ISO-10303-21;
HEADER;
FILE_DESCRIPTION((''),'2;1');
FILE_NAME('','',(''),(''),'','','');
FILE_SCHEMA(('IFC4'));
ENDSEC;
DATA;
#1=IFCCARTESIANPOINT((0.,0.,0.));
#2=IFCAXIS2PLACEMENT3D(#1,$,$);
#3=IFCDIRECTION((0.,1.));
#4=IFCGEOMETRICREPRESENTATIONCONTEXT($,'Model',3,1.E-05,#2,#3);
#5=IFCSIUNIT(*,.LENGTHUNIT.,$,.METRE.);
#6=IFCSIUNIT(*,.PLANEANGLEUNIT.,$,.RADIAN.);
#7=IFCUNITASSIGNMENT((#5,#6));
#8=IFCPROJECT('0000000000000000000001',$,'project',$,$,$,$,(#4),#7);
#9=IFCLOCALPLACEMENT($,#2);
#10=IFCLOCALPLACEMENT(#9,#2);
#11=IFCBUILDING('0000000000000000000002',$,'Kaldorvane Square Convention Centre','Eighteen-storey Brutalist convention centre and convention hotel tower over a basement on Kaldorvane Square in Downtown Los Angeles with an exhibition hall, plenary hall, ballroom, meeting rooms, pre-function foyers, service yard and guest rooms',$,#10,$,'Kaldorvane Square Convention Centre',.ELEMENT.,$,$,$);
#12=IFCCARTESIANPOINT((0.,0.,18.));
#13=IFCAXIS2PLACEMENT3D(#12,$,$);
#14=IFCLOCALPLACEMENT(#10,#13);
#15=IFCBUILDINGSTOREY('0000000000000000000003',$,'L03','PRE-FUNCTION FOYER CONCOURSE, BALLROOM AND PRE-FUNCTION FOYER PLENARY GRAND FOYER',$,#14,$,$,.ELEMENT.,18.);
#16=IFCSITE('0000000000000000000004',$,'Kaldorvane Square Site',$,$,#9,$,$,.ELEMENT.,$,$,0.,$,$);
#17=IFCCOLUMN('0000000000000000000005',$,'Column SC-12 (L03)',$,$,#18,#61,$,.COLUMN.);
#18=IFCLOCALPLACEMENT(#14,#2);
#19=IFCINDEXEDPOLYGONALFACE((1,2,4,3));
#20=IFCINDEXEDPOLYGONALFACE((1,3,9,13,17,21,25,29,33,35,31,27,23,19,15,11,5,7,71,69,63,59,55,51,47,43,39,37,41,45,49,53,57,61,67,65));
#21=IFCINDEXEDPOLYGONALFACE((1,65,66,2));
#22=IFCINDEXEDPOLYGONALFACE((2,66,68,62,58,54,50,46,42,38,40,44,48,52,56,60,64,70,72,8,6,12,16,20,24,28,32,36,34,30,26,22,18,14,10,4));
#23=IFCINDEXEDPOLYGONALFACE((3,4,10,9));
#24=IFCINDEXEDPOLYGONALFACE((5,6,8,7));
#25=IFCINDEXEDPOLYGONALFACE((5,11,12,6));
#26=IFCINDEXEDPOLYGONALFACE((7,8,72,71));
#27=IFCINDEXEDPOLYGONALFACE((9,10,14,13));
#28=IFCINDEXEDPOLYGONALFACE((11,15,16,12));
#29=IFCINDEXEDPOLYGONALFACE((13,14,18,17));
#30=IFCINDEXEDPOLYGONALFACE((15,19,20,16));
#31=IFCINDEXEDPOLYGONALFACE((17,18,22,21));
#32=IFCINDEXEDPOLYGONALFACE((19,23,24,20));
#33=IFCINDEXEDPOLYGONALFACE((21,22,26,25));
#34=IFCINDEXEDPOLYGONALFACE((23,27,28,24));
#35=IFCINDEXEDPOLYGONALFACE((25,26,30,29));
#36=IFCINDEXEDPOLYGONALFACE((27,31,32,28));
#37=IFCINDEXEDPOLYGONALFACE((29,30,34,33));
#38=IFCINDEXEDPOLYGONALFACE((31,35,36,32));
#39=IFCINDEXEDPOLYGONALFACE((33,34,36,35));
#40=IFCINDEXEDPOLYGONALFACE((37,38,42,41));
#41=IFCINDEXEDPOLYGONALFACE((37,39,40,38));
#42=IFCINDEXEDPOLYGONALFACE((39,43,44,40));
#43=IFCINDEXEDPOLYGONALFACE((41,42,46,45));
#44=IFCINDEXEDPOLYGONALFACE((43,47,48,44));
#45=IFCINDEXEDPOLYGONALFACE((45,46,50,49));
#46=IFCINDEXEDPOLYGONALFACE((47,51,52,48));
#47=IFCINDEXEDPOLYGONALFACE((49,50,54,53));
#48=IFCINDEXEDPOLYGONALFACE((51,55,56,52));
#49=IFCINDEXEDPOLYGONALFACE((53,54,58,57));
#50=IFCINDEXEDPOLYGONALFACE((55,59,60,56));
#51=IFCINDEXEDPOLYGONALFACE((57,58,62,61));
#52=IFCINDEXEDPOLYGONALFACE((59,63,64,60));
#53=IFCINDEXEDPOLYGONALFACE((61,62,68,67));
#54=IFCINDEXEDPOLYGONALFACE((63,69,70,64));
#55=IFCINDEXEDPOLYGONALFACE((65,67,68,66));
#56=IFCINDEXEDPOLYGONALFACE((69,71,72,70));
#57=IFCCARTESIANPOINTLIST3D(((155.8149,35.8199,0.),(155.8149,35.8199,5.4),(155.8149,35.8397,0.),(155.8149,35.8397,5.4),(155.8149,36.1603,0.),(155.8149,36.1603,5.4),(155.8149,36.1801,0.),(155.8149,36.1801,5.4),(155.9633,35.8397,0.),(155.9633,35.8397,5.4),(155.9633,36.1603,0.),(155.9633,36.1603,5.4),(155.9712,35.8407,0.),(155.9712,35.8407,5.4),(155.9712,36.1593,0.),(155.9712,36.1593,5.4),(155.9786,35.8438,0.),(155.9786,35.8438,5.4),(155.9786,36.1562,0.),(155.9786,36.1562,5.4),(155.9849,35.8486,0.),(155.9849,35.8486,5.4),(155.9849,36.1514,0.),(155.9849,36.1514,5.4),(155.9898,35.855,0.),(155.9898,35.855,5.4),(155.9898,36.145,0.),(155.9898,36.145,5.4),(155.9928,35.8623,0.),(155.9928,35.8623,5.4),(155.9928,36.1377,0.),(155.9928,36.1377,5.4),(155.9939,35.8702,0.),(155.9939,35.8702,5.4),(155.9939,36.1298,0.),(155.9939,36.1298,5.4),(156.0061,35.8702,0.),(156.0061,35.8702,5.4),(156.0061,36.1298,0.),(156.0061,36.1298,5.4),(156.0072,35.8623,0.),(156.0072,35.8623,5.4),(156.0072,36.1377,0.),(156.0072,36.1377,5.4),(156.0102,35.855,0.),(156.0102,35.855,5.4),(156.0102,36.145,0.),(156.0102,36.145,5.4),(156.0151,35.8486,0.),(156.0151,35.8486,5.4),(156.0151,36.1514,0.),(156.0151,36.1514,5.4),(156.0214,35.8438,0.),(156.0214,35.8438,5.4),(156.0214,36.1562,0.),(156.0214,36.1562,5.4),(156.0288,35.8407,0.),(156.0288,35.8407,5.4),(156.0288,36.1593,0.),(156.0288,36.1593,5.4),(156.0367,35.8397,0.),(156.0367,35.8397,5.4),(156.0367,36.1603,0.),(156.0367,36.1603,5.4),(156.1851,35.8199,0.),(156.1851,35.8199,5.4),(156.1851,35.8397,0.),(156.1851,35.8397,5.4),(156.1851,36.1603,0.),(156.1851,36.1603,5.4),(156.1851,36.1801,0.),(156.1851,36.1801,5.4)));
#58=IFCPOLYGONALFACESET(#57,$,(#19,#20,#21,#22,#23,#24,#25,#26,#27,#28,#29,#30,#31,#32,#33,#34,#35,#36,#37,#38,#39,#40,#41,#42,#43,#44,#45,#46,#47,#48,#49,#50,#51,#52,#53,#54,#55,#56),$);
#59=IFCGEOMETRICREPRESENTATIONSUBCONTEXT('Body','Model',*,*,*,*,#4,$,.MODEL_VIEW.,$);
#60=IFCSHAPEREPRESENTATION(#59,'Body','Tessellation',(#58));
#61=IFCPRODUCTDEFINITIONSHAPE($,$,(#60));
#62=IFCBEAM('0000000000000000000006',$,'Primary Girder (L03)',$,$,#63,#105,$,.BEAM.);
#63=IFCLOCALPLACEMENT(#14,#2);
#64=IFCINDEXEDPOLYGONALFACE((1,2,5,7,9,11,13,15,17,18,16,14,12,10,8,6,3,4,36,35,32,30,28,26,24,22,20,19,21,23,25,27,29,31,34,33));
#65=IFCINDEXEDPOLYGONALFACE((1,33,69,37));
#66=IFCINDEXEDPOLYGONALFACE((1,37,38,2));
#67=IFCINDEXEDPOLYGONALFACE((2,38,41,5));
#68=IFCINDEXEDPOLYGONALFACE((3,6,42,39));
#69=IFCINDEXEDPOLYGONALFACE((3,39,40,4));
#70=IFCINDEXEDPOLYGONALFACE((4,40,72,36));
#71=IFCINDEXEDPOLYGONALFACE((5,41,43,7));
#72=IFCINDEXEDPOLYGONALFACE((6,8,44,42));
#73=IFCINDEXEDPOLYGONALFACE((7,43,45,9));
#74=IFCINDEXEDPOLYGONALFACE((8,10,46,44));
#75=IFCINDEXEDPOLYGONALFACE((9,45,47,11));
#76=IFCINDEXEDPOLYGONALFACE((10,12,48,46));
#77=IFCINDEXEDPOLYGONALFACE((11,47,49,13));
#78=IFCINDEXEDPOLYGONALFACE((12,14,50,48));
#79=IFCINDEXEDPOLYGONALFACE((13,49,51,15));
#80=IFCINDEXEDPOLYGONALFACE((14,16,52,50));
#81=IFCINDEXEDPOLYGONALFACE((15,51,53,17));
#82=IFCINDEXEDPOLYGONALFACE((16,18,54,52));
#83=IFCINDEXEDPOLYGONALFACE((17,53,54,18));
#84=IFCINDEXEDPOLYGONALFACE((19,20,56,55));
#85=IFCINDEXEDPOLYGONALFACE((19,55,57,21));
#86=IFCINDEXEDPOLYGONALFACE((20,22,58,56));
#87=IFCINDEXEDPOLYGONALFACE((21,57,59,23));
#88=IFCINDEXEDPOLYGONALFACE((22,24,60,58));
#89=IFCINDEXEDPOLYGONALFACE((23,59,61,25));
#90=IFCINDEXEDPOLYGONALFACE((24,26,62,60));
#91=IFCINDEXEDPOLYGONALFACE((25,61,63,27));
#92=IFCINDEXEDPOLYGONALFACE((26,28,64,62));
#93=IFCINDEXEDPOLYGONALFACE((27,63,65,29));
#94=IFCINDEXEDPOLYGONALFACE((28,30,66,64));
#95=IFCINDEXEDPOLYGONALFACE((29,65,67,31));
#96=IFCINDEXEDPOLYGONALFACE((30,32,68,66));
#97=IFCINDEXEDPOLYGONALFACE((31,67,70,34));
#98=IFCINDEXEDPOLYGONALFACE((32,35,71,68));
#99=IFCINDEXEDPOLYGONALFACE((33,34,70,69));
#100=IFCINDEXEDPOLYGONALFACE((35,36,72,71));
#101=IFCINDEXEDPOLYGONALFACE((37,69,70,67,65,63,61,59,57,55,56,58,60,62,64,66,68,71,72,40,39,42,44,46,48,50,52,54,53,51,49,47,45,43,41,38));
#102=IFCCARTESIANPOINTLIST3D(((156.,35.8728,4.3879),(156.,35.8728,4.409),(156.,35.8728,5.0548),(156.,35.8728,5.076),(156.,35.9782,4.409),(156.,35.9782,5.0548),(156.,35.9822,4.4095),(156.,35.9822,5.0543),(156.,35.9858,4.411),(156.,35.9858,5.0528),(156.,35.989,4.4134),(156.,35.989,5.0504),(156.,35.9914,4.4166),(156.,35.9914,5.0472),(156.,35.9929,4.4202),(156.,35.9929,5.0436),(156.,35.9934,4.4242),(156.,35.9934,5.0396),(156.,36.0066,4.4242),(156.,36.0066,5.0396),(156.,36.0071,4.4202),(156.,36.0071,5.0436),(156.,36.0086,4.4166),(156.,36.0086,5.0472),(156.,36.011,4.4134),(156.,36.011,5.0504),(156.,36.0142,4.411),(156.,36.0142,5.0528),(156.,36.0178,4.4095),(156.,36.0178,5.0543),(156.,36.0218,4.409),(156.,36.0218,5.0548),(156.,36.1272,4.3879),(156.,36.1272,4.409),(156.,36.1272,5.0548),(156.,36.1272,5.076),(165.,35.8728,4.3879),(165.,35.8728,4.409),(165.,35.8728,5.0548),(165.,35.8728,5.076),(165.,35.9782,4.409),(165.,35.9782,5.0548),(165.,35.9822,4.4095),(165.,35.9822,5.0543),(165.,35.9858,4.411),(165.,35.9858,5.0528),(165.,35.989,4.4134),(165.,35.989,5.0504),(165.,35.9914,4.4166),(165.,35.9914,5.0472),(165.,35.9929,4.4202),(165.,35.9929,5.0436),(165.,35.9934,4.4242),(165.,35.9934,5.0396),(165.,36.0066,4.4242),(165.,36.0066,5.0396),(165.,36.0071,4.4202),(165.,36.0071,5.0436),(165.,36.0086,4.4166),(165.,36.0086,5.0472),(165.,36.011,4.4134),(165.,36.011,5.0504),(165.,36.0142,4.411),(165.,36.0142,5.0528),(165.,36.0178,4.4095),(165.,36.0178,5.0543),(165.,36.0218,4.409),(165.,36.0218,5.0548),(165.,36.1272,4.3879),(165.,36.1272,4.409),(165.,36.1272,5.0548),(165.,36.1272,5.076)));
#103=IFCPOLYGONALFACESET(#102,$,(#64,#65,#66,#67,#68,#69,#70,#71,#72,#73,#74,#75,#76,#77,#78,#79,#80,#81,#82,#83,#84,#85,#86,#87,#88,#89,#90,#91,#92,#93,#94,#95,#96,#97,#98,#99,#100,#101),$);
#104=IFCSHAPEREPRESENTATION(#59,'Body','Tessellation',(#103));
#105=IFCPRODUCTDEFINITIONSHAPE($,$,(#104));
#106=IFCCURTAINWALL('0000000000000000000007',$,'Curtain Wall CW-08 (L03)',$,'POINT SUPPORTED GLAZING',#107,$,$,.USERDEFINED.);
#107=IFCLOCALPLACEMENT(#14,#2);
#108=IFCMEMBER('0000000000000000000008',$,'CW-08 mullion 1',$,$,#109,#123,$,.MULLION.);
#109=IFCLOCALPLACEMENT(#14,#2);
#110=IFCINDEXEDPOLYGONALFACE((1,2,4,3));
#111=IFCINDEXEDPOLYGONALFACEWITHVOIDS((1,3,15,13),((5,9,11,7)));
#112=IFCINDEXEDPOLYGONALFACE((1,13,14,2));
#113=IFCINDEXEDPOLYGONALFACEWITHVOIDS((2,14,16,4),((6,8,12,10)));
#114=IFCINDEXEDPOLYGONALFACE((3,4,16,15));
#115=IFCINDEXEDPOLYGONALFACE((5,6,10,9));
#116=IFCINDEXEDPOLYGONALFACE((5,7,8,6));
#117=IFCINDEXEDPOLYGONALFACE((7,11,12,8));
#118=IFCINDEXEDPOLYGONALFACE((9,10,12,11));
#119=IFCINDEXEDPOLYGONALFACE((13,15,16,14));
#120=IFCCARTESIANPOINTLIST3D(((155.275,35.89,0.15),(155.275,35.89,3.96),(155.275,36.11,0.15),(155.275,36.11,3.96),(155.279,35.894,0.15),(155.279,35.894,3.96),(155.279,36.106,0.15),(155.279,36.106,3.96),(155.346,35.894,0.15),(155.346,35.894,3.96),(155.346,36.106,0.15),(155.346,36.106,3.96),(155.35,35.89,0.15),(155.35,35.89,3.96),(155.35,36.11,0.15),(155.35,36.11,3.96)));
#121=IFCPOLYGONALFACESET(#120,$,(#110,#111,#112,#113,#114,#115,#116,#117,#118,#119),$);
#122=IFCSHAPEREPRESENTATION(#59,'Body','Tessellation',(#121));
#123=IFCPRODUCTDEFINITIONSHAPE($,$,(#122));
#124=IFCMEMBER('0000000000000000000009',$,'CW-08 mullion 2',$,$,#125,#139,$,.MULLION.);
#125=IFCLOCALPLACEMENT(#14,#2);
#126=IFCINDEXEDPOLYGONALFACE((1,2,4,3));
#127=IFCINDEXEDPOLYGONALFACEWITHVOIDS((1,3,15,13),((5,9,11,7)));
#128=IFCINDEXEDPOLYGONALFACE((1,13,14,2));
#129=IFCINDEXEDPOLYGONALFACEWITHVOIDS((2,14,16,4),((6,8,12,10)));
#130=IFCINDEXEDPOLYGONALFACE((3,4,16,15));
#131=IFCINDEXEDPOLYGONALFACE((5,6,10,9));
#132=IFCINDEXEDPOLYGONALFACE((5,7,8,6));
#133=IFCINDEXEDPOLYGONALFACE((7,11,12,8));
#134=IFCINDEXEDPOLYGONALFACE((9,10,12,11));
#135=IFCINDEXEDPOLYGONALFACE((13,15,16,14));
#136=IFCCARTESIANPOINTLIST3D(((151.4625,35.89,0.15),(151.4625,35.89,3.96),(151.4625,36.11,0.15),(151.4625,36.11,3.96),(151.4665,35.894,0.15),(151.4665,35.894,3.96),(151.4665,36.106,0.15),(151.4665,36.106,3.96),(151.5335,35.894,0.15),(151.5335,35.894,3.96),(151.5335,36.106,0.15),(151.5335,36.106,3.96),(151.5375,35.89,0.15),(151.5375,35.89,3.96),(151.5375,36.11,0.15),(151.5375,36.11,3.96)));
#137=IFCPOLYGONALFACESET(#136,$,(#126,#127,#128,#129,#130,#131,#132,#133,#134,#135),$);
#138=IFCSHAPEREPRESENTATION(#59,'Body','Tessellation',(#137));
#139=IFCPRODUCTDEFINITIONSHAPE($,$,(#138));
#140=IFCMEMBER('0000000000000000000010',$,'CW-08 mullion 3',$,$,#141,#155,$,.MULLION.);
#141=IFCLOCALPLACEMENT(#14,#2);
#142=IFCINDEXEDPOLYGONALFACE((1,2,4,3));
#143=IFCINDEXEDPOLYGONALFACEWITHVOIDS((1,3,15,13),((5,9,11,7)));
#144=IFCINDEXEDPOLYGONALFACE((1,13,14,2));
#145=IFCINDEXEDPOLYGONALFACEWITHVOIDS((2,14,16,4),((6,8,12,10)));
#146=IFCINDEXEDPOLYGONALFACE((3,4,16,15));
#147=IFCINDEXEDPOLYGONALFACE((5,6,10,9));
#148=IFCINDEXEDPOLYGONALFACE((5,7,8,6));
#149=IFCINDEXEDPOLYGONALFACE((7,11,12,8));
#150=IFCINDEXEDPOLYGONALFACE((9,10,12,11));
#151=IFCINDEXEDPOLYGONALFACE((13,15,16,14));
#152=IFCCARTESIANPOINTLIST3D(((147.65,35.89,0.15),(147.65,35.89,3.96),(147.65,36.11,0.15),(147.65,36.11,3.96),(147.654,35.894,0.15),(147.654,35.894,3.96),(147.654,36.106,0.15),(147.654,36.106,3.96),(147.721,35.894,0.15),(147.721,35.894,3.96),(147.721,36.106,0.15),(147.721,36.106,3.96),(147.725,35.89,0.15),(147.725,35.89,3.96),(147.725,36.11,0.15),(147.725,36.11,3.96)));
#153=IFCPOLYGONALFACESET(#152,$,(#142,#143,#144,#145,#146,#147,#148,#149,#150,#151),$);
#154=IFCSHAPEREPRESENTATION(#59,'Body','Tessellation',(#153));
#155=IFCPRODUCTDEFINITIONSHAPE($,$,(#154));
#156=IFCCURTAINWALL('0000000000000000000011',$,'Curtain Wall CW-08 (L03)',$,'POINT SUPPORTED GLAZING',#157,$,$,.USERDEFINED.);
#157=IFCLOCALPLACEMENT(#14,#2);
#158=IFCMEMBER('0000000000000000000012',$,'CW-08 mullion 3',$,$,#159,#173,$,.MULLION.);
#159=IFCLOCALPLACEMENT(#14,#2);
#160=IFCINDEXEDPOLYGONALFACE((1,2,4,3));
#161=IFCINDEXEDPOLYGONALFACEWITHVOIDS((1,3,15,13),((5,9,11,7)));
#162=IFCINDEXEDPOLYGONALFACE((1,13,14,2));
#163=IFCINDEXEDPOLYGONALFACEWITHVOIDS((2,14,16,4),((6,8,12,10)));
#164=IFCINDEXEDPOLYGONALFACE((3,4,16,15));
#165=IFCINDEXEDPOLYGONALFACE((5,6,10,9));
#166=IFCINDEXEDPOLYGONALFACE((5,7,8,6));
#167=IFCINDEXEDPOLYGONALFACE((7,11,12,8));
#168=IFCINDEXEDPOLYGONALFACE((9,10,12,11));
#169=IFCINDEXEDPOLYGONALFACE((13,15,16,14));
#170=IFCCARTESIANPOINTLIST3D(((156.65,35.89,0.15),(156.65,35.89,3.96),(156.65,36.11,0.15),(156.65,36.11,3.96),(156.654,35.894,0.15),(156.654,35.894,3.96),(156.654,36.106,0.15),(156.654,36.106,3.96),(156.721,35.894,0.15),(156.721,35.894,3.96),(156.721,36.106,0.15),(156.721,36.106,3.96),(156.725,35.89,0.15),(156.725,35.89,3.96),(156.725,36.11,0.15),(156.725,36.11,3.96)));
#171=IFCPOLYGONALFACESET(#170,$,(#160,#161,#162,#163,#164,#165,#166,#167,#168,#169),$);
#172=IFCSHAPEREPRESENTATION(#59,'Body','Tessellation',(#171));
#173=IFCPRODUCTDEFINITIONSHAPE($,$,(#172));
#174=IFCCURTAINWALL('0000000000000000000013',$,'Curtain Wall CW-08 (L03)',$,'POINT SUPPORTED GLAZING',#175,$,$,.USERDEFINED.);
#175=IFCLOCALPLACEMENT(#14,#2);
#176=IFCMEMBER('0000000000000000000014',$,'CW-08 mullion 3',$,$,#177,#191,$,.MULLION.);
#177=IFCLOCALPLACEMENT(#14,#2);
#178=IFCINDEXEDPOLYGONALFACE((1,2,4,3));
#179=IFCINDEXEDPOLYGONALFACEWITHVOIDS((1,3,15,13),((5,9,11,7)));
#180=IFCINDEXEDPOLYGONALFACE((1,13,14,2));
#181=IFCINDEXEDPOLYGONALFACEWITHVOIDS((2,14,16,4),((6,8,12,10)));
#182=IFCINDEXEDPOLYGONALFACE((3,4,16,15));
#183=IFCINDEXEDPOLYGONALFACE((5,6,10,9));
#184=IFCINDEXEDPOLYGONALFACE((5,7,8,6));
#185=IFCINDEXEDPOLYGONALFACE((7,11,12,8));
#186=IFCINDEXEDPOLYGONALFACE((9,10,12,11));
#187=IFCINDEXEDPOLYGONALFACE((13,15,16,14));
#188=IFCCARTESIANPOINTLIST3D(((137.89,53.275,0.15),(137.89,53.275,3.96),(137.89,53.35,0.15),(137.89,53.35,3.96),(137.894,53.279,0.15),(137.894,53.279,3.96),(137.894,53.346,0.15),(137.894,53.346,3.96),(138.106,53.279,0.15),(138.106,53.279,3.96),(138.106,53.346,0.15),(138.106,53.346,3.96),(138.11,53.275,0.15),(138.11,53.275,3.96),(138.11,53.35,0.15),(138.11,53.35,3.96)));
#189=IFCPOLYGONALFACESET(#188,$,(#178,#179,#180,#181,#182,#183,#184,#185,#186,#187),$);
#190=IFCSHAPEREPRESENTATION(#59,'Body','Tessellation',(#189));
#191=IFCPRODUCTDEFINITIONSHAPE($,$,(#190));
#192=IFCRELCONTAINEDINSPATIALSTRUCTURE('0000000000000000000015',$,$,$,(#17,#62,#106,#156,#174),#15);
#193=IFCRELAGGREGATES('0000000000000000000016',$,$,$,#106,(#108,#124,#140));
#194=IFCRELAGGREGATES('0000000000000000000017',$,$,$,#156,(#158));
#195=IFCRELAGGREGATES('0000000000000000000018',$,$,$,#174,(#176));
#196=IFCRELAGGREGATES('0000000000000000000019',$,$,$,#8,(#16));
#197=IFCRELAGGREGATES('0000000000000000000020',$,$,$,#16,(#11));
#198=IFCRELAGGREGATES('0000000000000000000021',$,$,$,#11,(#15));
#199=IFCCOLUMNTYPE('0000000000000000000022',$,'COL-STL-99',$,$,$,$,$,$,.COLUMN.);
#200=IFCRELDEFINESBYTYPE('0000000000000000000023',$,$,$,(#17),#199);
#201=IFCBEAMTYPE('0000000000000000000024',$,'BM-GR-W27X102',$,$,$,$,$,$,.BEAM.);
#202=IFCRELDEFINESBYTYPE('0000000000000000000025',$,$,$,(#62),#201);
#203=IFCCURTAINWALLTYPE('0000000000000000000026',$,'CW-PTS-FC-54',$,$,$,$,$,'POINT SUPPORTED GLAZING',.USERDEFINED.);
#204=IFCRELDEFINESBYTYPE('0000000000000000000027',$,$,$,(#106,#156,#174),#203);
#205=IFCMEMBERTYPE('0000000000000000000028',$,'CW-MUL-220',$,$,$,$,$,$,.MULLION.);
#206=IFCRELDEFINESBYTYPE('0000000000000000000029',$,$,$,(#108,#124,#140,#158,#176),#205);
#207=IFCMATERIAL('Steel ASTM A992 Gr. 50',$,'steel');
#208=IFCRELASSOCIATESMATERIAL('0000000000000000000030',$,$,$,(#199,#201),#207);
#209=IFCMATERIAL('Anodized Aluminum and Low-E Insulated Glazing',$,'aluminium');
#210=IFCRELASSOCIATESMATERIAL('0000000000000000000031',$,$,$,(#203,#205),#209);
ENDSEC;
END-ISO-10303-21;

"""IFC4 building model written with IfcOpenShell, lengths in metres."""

from ifc_helpers import new_model, si_unit, direction, frame, origin, origin_2d, place, context, subcontext, project, spatial, hollow_rectangle, i_section, extrude, material, material_profile, profile_set, type_object, element, aggregate, save


model = new_model("IFC4")

# Units and contexts
model_context = context("Model", 3, precision=1e-05, world=origin(), true_north=direction((0.0, 1.0)))
body_context = subcontext(model_context, "Body", "Model", "MODEL_VIEW")
ifc_project = project(units=[si_unit("LENGTHUNIT", "METRE"), si_unit("PLANEANGLEUNIT", "RADIAN")], contexts=[model_context])

# Site, building, storey
site_placement = place(None, origin())
site = spatial("IfcSite", under=ifc_project, at=site_placement, Name="Kaldorvane Square Site", CompositionType="ELEMENT", RefElevation=0.0)
building_placement = place(site_placement, origin())
building = spatial("IfcBuilding", under=site, at=building_placement, Name="Kaldorvane Square Convention Centre", Description="Eighteen-storey Brutalist convention centre and convention hotel tower over a basement on Kaldorvane Square in Downtown Los Angeles with an exhibition hall, plenary hall, ballroom, meeting rooms, pre-function foyers, service yard and guest rooms", LongName="Kaldorvane Square Convention Centre", CompositionType="ELEMENT")
storey_placement = place(building_placement, frame((0.0, 0.0, 18.0)))
storey = spatial("IfcBuildingStorey", under=building, at=storey_placement, Name="L03", Description="PRE-FUNCTION FOYER CONCOURSE, BALLROOM AND PRE-FUNCTION FOYER PLENARY GRAND FOYER", CompositionType="ELEMENT", Elevation=18.0)

# Column
ifc_material_1 = material(Name="Steel ASTM A992 Gr. 50", Category="steel")
ifc_material_profile_1 = material_profile(ifc_material_1, i_section(OverallWidth=0.3701, OverallDepth=0.3602, WebThickness=0.0123, FlangeThickness=0.0198, FilletRadius=0.0305, at=origin_2d()), Name="W14X99")
ifc_profile_set_1 = profile_set([ifc_material_profile_1], Name="Steel ASTM A992 Gr. 50")
column_type = type_object("IfcColumnType", Name="COL-STL-99", PredefinedType="COLUMN", material=ifc_profile_set_1)
column_placement = place(storey_placement, frame((156.0, 36.0, 0.0), z_axis=(0.0, 0.0, 1.0), x_axis=(1.0, 0.0, 0.0)))
element("IfcColumn", 1, at=column_placement, inside=storey, type_object=column_type, Name="Column SC-12 (L03)", PredefinedType="COLUMN", context=body_context, shape_type="SweptSolid", body=[
    extrude(i_section(OverallWidth=0.3701, OverallDepth=0.3602, WebThickness=0.0123, FlangeThickness=0.0198, FilletRadius=0.0305, at=origin_2d()), origin(), (0.0, 0.0, 1.0), 5.4),
])

# Beam
ifc_material_profile_2 = material_profile(ifc_material_1, i_section(OverallWidth=0.2544, OverallDepth=0.6881, WebThickness=0.0131, FlangeThickness=0.0211, FilletRadius=0.0152, at=origin_2d()), Name="W27X102")
ifc_profile_set_2 = profile_set([ifc_material_profile_2], Name="Steel ASTM A992 Gr. 50")
beam_type = type_object("IfcBeamType", Name="BM-GR-W27X102", PredefinedType="BEAM", material=ifc_profile_set_2)
beam_placement = place(storey_placement, frame((156.0, 36.0, 4.7319), z_axis=(1.0, 0.0, 0.0), x_axis=(0.0, 1.0, 0.0)))
element("IfcBeam", 2, at=beam_placement, inside=storey, type_object=beam_type, Name="Primary Girder (L03)", PredefinedType="BEAM", context=body_context, shape_type="SweptSolid", body=[
    extrude(i_section(OverallWidth=0.2544, OverallDepth=0.6881, WebThickness=0.0131, FlangeThickness=0.0211, FilletRadius=0.0152, at=origin_2d()), origin(), (0.0, 0.0, 1.0), 9.0),
])

# Curtain wall, members
ifc_material_2 = material(Name="Anodized Aluminum and Low-E Insulated Glazing", Category="aluminium")
curtain_wall_type = type_object("IfcCurtainWallType", Name="CW-PTS-FC-54", ElementType="POINT SUPPORTED GLAZING", PredefinedType="USERDEFINED", material=ifc_material_2)
curtain_wall_1_placement = place(storey_placement, origin())
curtain_wall_1 = element("IfcCurtainWall", 3, at=curtain_wall_1_placement, inside=storey, type_object=curtain_wall_type, Name="Curtain Wall CW-08 (L03)", ObjectType="POINT SUPPORTED GLAZING", PredefinedType="USERDEFINED")
ifc_material_profile_3 = material_profile(ifc_material_2, hollow_rectangle(XDim=0.075, YDim=0.22, WallThickness=0.004, at=origin_2d()), Name="CWM-220X75")
ifc_profile_set_3 = profile_set([ifc_material_profile_3], Name="Anodized Aluminum and Low-E Insulated Glazing")
member_type_1 = type_object("IfcMemberType", Name="CW-MUL-220", PredefinedType="MULLION", material=ifc_profile_set_3)
member_1_placement = place(storey_placement, frame((155.3125, 36.0, 0.15), z_axis=(0.0, 0.0, 1.0), x_axis=(-1.0, 0.0, 0.0)))
member_1 = element("IfcMember", 4, at=member_1_placement, type_object=member_type_1, Name="CW-08 mullion 1", PredefinedType="MULLION", context=body_context, shape_type="SweptSolid", body=[
    extrude(hollow_rectangle(XDim=0.075, YDim=0.22, WallThickness=0.004, at=origin_2d()), origin(), (0.0, 0.0, 1.0), 3.81),
])
member_2_placement = place(storey_placement, frame((151.5, 36.0, 0.15), z_axis=(0.0, 0.0, 1.0), x_axis=(-1.0, 0.0, 0.0)))
member_2 = element("IfcMember", 5, at=member_2_placement, type_object=member_type_1, Name="CW-08 mullion 2", PredefinedType="MULLION", context=body_context, shape_type="SweptSolid", body=[
    extrude(hollow_rectangle(XDim=0.075, YDim=0.22, WallThickness=0.004, at=origin_2d()), origin(), (0.0, 0.0, 1.0), 3.81),
])
member_3_placement = place(storey_placement, frame((147.6875, 36.0, 0.15), z_axis=(0.0, 0.0, 1.0), x_axis=(-1.0, 0.0, 0.0)))
member_3 = element("IfcMember", 6, at=member_3_placement, type_object=member_type_1, Name="CW-08 mullion 3", PredefinedType="MULLION", context=body_context, shape_type="SweptSolid", body=[
    extrude(hollow_rectangle(XDim=0.075, YDim=0.22, WallThickness=0.004, at=origin_2d()), origin(), (0.0, 0.0, 1.0), 3.81),
])

# Curtain walls, members
curtain_wall_2_placement = place(storey_placement, origin())
curtain_wall_2 = element("IfcCurtainWall", 7, at=curtain_wall_2_placement, inside=storey, type_object=curtain_wall_type, Name="Curtain Wall CW-08 (L03)", ObjectType="POINT SUPPORTED GLAZING", PredefinedType="USERDEFINED")
member_4_placement = place(storey_placement, frame((156.6875, 36.0, 0.15), z_axis=(0.0, 0.0, 1.0), x_axis=(-1.0, 0.0, 0.0)))
member_4 = element("IfcMember", 8, at=member_4_placement, type_object=member_type_1, Name="CW-08 mullion 3", PredefinedType="MULLION", context=body_context, shape_type="SweptSolid", body=[
    extrude(hollow_rectangle(XDim=0.075, YDim=0.22, WallThickness=0.004, at=origin_2d()), origin(), (0.0, 0.0, 1.0), 3.81),
])
curtain_wall_3_placement = place(storey_placement, origin())
curtain_wall_3 = element("IfcCurtainWall", 9, at=curtain_wall_3_placement, inside=storey, type_object=curtain_wall_type, Name="Curtain Wall CW-08 (L03)", ObjectType="POINT SUPPORTED GLAZING", PredefinedType="USERDEFINED")
member_5_placement = place(storey_placement, frame((138.0, 53.3125, 0.15), z_axis=(0.0, 0.0, 1.0), x_axis=(0.0, 1.0, 0.0)))
member_5 = element("IfcMember", 10, at=member_5_placement, type_object=member_type_1, Name="CW-08 mullion 3", PredefinedType="MULLION", context=body_context, shape_type="SweptSolid", body=[
    extrude(hollow_rectangle(XDim=0.075, YDim=0.22, WallThickness=0.004, at=origin_2d()), origin(), (0.0, 0.0, 1.0), 3.81),
])

aggregate(curtain_wall_1, [member_1, member_2, member_3])
aggregate(curtain_wall_2, [member_4])
aggregate(curtain_wall_3, [member_5])

save(model, "model.ifc")
